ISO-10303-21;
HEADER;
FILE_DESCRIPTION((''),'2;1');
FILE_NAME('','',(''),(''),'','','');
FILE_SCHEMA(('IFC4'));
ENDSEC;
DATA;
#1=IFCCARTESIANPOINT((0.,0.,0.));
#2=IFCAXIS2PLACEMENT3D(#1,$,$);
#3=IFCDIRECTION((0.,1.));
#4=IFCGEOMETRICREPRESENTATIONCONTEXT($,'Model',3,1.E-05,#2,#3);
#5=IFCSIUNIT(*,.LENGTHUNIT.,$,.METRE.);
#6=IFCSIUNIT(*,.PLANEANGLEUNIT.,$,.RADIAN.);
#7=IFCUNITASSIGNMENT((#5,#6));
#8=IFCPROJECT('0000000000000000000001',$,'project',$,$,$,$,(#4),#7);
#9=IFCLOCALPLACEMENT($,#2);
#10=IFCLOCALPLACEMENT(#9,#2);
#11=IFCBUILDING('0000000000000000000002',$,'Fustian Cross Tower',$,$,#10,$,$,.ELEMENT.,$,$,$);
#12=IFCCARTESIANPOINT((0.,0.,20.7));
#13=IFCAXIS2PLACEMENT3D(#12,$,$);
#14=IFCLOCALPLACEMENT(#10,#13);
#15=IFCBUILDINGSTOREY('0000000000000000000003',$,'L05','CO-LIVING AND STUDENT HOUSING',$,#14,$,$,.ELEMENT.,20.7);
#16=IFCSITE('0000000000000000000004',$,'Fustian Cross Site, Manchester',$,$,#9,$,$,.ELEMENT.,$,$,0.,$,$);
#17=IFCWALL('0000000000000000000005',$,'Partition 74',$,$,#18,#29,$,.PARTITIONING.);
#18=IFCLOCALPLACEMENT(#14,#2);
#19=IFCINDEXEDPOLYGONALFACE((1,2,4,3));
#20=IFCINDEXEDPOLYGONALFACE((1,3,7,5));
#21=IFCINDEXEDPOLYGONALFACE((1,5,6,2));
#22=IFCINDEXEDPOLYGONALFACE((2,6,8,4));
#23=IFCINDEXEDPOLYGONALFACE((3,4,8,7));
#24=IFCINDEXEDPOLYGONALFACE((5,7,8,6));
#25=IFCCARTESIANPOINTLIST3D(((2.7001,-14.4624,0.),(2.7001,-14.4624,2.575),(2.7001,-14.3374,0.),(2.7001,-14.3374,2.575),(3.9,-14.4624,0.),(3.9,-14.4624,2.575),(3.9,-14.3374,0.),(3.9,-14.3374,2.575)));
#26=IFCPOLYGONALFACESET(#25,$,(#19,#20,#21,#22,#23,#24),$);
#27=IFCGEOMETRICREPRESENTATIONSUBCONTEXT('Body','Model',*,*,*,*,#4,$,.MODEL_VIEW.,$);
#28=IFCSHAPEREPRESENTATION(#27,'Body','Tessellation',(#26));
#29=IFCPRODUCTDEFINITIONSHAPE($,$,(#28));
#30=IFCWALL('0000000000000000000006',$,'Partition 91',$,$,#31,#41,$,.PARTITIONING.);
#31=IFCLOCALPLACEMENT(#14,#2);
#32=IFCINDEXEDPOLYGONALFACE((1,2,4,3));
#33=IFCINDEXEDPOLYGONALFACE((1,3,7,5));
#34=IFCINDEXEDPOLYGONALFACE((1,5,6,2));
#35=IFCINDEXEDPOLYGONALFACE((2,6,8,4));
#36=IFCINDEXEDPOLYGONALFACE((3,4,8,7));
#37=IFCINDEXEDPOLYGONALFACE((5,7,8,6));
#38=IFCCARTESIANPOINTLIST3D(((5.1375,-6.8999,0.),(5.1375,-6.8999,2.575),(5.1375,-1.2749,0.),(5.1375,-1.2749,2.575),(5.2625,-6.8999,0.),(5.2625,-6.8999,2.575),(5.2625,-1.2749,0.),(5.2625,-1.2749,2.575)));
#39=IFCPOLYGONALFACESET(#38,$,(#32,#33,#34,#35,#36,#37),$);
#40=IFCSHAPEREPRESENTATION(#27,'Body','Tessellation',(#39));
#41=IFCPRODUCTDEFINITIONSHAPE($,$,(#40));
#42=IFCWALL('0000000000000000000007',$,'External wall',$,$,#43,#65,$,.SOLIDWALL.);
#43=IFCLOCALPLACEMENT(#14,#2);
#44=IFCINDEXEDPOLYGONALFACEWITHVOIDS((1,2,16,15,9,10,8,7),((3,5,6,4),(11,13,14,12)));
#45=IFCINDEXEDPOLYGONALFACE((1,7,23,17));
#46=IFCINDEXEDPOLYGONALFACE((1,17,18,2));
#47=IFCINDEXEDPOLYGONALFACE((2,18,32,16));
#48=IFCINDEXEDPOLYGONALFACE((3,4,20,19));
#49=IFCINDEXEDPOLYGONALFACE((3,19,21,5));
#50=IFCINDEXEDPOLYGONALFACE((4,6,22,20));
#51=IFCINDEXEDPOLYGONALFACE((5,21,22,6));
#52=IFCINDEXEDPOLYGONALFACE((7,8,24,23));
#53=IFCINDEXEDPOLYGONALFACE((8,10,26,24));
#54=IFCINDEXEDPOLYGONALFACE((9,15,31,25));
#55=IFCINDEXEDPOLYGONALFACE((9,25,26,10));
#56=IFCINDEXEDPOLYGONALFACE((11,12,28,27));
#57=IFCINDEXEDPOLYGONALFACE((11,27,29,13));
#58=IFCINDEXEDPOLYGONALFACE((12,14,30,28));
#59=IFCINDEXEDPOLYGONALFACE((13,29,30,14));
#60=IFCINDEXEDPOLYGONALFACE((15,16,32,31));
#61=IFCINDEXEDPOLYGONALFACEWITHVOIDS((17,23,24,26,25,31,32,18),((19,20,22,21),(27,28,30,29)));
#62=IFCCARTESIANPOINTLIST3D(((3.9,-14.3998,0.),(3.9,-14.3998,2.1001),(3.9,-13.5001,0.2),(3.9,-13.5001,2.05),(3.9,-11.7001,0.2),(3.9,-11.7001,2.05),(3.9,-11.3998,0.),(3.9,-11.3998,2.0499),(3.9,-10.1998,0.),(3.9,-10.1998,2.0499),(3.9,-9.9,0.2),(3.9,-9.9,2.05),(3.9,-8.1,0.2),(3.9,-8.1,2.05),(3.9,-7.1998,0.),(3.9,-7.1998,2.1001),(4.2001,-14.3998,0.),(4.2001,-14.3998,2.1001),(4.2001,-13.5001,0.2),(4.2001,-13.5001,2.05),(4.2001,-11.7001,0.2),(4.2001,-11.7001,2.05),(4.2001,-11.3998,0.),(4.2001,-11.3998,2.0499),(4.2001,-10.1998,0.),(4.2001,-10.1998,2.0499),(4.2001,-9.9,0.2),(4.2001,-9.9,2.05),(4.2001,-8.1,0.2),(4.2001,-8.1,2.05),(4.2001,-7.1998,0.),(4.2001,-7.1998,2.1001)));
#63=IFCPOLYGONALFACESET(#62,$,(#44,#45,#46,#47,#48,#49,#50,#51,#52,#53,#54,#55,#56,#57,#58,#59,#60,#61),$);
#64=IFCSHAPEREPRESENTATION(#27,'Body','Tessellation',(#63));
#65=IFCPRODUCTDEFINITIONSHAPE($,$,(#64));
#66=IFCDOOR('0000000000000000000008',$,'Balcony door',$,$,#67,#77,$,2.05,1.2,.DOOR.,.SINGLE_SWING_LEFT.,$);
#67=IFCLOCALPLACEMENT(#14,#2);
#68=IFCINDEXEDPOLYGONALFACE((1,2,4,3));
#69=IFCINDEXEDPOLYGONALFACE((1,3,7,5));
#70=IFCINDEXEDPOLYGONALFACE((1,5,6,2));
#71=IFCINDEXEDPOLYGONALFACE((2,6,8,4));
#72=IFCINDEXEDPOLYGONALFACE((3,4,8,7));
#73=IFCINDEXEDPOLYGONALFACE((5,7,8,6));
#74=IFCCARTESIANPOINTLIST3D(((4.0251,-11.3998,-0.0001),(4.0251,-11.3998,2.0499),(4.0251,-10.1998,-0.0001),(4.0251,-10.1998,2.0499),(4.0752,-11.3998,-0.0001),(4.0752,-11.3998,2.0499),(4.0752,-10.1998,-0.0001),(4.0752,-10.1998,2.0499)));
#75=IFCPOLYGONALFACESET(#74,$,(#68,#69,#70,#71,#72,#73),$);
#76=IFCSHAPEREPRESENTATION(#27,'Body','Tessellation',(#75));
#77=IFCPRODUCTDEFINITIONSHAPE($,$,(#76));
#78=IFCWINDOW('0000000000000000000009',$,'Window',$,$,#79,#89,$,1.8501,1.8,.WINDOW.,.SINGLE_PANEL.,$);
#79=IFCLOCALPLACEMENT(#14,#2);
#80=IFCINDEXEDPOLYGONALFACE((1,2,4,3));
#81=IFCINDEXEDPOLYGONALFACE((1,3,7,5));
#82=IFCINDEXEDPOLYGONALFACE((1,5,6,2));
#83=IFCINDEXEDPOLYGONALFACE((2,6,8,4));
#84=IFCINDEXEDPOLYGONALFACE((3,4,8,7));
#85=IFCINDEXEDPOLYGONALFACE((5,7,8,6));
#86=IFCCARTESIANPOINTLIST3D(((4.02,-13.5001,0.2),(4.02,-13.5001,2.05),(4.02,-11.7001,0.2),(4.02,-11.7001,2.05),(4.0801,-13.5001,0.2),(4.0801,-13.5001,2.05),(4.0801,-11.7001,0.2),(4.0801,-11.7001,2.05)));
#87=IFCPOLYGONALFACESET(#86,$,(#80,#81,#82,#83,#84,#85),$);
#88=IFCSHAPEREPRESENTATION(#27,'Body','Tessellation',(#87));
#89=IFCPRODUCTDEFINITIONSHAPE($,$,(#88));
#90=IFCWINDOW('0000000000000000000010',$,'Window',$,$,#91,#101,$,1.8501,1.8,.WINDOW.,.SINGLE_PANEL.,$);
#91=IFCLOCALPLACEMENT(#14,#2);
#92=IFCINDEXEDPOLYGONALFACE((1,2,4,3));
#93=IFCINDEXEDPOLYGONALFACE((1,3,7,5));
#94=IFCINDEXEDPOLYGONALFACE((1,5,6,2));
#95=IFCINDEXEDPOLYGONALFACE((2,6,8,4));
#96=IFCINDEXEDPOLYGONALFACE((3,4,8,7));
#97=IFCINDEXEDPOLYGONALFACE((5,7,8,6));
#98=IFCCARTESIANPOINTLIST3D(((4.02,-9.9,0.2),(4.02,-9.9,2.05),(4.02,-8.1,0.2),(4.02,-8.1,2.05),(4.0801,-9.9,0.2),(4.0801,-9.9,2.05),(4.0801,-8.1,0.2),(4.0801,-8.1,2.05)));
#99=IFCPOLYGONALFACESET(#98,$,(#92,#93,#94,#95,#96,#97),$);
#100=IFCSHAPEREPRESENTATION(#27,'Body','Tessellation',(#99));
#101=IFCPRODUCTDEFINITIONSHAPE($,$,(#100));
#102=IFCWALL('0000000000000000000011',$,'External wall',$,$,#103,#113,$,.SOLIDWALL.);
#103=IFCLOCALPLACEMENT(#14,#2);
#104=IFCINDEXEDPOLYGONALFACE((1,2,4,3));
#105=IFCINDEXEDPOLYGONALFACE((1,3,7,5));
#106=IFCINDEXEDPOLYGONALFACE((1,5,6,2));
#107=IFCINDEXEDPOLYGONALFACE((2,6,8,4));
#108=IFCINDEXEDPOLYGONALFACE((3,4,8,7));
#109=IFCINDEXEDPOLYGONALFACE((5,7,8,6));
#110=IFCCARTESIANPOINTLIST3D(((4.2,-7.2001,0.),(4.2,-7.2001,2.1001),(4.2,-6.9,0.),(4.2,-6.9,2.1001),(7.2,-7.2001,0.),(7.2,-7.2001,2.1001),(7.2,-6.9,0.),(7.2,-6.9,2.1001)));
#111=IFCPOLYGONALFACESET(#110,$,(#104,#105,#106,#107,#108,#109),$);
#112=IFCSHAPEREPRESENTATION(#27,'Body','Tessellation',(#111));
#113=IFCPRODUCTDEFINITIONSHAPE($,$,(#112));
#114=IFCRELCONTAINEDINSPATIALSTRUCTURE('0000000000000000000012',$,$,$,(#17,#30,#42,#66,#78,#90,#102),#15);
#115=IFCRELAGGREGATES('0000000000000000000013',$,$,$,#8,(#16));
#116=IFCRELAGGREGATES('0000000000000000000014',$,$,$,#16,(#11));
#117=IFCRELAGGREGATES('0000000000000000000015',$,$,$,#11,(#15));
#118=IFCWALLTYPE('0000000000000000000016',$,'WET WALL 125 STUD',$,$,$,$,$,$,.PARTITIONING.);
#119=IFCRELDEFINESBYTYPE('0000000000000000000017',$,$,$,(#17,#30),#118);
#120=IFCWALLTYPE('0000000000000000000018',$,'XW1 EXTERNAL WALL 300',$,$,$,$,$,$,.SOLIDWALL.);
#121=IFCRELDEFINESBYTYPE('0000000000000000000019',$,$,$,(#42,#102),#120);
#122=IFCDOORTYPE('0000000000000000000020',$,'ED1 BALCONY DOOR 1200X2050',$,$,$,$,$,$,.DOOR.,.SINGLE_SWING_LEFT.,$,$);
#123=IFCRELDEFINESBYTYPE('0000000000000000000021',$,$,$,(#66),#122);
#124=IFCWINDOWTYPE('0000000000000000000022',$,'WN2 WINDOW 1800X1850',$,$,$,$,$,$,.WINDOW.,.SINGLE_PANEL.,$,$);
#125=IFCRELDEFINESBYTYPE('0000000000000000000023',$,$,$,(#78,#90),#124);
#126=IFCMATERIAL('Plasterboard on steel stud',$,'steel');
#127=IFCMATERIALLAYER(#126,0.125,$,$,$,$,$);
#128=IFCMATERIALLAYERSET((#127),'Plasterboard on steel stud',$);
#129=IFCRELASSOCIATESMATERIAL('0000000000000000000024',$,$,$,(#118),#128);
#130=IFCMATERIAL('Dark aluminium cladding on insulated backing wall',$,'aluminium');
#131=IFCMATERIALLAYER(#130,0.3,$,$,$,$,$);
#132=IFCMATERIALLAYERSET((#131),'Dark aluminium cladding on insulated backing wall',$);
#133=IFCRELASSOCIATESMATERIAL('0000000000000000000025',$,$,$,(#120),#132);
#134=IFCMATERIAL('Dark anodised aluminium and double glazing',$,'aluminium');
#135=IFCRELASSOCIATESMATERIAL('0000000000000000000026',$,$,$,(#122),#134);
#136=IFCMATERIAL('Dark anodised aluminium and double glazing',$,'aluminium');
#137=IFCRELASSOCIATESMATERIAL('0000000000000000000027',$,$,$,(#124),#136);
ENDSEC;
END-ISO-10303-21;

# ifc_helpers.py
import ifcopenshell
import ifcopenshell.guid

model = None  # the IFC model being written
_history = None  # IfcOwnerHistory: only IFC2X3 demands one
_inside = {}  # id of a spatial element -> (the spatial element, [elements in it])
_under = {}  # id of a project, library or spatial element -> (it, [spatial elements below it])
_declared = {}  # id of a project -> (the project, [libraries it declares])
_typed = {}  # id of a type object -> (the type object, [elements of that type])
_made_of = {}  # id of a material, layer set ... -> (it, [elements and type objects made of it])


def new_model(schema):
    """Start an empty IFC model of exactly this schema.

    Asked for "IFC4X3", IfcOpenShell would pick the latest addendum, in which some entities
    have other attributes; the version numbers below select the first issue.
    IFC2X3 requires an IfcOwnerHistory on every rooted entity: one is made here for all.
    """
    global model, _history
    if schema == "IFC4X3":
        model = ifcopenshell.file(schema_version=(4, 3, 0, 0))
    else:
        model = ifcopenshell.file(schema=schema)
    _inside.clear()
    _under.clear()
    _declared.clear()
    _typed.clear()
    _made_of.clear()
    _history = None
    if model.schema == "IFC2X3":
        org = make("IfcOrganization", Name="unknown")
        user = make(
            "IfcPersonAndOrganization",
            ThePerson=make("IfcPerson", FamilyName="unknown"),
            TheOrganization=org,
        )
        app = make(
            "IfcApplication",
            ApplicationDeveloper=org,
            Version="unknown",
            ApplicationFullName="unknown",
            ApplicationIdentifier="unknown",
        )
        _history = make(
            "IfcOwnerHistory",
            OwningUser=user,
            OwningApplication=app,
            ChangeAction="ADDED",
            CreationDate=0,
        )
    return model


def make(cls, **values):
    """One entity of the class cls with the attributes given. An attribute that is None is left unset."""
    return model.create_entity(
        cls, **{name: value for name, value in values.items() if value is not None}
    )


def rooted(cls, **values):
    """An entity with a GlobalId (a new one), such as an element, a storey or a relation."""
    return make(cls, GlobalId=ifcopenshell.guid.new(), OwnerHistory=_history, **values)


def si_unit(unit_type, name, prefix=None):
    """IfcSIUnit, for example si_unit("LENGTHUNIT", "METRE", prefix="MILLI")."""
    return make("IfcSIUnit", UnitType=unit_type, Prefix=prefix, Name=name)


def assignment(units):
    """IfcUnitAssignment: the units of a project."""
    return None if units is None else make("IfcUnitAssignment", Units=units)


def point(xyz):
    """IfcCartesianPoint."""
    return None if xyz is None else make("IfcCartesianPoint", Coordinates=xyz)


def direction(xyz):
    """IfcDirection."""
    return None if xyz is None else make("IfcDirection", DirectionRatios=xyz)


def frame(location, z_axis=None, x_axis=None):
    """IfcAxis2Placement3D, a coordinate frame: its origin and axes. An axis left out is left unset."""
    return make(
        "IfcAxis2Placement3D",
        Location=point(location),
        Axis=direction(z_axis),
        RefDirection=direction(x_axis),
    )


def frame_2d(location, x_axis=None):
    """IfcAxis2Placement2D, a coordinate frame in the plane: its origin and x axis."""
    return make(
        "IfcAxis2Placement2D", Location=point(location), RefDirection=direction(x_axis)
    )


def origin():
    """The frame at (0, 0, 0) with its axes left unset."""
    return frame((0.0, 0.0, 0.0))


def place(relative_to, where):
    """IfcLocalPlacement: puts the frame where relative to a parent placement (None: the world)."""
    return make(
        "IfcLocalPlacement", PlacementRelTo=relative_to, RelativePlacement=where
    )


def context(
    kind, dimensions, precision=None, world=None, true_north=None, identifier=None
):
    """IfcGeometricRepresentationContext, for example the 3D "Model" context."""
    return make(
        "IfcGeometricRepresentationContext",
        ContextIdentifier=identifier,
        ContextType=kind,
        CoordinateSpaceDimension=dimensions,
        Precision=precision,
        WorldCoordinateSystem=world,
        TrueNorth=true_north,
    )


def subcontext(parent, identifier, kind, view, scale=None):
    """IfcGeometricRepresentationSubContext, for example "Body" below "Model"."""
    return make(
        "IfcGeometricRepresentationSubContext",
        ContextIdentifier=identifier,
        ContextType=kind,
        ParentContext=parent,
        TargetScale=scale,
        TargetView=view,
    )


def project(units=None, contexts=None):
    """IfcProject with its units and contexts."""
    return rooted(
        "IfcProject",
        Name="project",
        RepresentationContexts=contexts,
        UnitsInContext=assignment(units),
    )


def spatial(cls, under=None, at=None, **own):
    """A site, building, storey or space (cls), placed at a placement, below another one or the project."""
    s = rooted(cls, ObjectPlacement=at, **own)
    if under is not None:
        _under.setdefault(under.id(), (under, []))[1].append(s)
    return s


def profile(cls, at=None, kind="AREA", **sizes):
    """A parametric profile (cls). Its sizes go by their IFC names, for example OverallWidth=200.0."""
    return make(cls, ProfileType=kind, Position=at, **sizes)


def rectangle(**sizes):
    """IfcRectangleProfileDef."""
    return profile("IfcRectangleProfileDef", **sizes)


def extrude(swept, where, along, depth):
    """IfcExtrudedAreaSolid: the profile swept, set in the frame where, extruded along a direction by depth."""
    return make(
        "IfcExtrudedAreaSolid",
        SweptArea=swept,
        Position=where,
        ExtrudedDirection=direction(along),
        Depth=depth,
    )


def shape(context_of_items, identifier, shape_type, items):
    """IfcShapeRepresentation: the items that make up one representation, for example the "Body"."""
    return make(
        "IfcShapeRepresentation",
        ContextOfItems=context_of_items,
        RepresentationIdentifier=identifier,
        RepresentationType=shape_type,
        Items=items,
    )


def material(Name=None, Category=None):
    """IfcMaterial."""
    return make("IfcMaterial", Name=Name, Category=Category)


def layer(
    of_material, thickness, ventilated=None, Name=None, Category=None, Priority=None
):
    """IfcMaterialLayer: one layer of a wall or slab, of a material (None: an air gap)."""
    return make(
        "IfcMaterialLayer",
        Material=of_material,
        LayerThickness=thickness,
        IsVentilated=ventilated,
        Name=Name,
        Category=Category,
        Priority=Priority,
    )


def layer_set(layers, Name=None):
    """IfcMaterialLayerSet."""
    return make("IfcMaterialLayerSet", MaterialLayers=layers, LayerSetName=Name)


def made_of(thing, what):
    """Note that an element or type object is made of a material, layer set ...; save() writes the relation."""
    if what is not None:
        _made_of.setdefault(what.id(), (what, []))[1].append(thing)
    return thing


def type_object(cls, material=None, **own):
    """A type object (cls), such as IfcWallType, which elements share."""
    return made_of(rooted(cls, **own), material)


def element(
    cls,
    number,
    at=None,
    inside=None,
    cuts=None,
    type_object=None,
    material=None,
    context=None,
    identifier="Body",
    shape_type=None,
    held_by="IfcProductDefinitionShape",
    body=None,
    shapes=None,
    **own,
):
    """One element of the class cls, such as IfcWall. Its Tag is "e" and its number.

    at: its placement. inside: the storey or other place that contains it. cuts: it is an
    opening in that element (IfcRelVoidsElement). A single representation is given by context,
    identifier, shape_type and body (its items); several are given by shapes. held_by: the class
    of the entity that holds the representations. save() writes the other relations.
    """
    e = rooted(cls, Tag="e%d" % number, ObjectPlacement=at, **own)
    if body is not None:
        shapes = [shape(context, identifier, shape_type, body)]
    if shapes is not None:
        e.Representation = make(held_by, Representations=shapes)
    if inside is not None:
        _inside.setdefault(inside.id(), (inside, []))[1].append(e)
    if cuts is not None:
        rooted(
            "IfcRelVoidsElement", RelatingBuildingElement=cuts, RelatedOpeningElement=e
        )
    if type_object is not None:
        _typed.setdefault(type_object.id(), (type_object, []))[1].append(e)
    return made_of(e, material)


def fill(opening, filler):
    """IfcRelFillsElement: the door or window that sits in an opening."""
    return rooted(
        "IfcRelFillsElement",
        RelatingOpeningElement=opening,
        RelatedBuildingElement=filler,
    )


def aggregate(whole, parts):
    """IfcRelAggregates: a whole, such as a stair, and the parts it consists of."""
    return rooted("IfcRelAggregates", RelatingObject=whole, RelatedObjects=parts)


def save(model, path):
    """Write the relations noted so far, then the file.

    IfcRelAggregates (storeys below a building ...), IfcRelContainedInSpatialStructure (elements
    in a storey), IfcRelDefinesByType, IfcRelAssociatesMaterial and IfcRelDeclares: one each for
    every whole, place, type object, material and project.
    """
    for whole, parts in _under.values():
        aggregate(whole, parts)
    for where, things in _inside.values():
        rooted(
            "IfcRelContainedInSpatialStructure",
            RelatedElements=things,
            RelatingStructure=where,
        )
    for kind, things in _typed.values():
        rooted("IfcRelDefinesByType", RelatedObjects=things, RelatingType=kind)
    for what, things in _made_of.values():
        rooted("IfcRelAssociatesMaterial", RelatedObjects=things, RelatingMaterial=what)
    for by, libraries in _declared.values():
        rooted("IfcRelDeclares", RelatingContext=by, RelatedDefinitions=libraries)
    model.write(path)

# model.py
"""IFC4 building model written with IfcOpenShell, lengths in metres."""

from ifc_helpers import new_model, si_unit, direction, frame, frame_2d, origin, place, context, subcontext, project, spatial, rectangle, extrude, material, layer, layer_set, type_object, element, fill, save


model = new_model("IFC4")

# Units and contexts
model_context = context("Model", 3, precision=1e-05, world=origin(), true_north=direction((0.0, 1.0)))
body_context = subcontext(model_context, "Body", "Model", "MODEL_VIEW")
ifc_project = project(units=[si_unit("LENGTHUNIT", "METRE"), si_unit("PLANEANGLEUNIT", "RADIAN")], contexts=[model_context])

# Site, building, storey
site_placement = place(None, origin())
site = spatial("IfcSite", under=ifc_project, at=site_placement, Name="Fustian Cross Site, Manchester", CompositionType="ELEMENT", RefElevation=0.0)
building_placement = place(site_placement, origin())
building = spatial("IfcBuilding", under=site, at=building_placement, Name="Fustian Cross Tower", CompositionType="ELEMENT")
storey_placement = place(building_placement, frame((0.0, 0.0, 20.7)))
storey = spatial("IfcBuildingStorey", under=building, at=storey_placement, Name="L05", Description="CO-LIVING AND STUDENT HOUSING", CompositionType="ELEMENT", Elevation=20.7)

# Walls
ifc_material_1 = material(Name="Plasterboard on steel stud", Category="steel")
ifc_layer_1 = layer(ifc_material_1, 0.125)
ifc_layer_set_1 = layer_set([ifc_layer_1], Name="Plasterboard on steel stud")
wall_type_1 = type_object("IfcWallType", Name="WET WALL 125 STUD", PredefinedType="PARTITIONING", material=ifc_layer_set_1)
wall_1_placement = place(storey_placement, frame((2.7, -14.3999, 0.0), z_axis=(0.0, 0.0, 1.0), x_axis=(1.0, 0.0, 0.0)))
element("IfcWall", 1, at=wall_1_placement, inside=storey, type_object=wall_type_1, Name="Partition 74", PredefinedType="PARTITIONING", context=body_context, shape_type="SweptSolid", body=[
    extrude(rectangle(XDim=1.2, YDim=0.125, at=frame_2d((0.6001, 0.0))), origin(), (0.0, 0.0, 1.0), 2.575),
])
wall_2_placement = place(storey_placement, frame((5.2, -6.8999, 0.0), z_axis=(0.0, 0.0, 1.0), x_axis=(0.0, 1.0, 0.0)))
element("IfcWall", 2, at=wall_2_placement, inside=storey, type_object=wall_type_1, Name="Partition 91", PredefinedType="PARTITIONING", context=body_context, shape_type="SweptSolid", body=[
    extrude(rectangle(XDim=5.625, YDim=0.125, at=frame_2d((2.8125, 0.0))), origin(), (0.0, 0.0, 1.0), 2.575),
])

# Wall, openings, door, windows
ifc_material_2 = material(Name="Dark aluminium cladding on insulated backing wall", Category="aluminium")
ifc_layer_2 = layer(ifc_material_2, 0.3)
ifc_layer_set_2 = layer_set([ifc_layer_2], Name="Dark aluminium cladding on insulated backing wall")
wall_type_2 = type_object("IfcWallType", Name="XW1 EXTERNAL WALL 300", PredefinedType="SOLIDWALL", material=ifc_layer_set_2)
wall_3_placement = place(storey_placement, frame((4.05, -14.3999, 0.0), z_axis=(0.0, 0.0, 1.0), x_axis=(0.0, 1.0, 0.0)))
wall_3 = element("IfcWall", 3, at=wall_3_placement, inside=storey, type_object=wall_type_2, Name="External wall", PredefinedType="SOLIDWALL", context=body_context, shape_type="SweptSolid", body=[
    extrude(rectangle(XDim=7.2, YDim=0.3, at=frame_2d((3.6001, 0.0))), origin(), (0.0, 0.0, 1.0), 2.1001),
])
opening_1_placement = place(wall_3_placement, frame((3.0, 0.0, 0.0)))
opening_1 = element("IfcOpeningElement", 4, at=opening_1_placement, cuts=wall_3, PredefinedType="OPENING", context=body_context, shape_type="SweptSolid", body=[
    extrude(rectangle(XDim=1.2, YDim=2.05, at=frame_2d((0.6001, 1.0249))), frame((0.0, 0.1599, 0.0), z_axis=(0.0, -1.0, 0.0), x_axis=(1.0, 0.0, 0.0)), (0.0, 0.0, 1.0), 0.3201),
])
opening_2_placement = place(wall_3_placement, frame((0.8999, 0.0, 0.2)))
opening_2 = element("IfcOpeningElement", 5, at=opening_2_placement, cuts=wall_3, PredefinedType="OPENING", context=body_context, shape_type="SweptSolid", body=[
    extrude(rectangle(XDim=1.8, YDim=1.8501, at=frame_2d((0.8999, 0.925))), frame((0.0, 0.1599, 0.0), z_axis=(0.0, -1.0, 0.0), x_axis=(1.0, 0.0, 0.0)), (0.0, 0.0, 1.0), 0.3201),
])
opening_3_placement = place(wall_3_placement, frame((4.5, 0.0, 0.2)))
opening_3 = element("IfcOpeningElement", 6, at=opening_3_placement, cuts=wall_3, PredefinedType="OPENING", context=body_context, shape_type="SweptSolid", body=[
    extrude(rectangle(XDim=1.8, YDim=1.8501, at=frame_2d((0.8999, 0.925))), frame((0.0, 0.1599, 0.0), z_axis=(0.0, -1.0, 0.0), x_axis=(1.0, 0.0, 0.0)), (0.0, 0.0, 1.0), 0.3201),
])
ifc_material_3 = material(Name="Dark anodised aluminium and double glazing", Category="aluminium")
door_type_1 = type_object("IfcDoorType", Name="ED1 BALCONY DOOR 1200X2050", OperationType="SINGLE_SWING_LEFT", PredefinedType="DOOR", material=ifc_material_3)
door_1_placement = place(opening_1_placement, origin())
door_1 = element("IfcDoor", 7, at=door_1_placement, inside=storey, type_object=door_type_1, Name="Balcony door", OperationType="SINGLE_SWING_LEFT", OverallHeight=2.05, OverallWidth=1.2, PredefinedType="DOOR", context=body_context, shape_type="SweptSolid", body=[
    extrude(rectangle(XDim=1.2, YDim=2.05, at=frame_2d((0.6001, 1.0249))), frame((0.0, 0.0249, 0.0), z_axis=(0.0, -1.0, 0.0), x_axis=(1.0, 0.0, 0.0)), (0.0, 0.0, 1.0), 0.05),
])
fill(opening_1, door_1)
ifc_material_4 = material(Name="Dark anodised aluminium and double glazing", Category="aluminium")
window_type = type_object("IfcWindowType", Name="WN2 WINDOW 1800X1850", PartitioningType="SINGLE_PANEL", PredefinedType="WINDOW", material=ifc_material_4)
window_1_placement = place(opening_2_placement, origin())
window_1 = element("IfcWindow", 8, at=window_1_placement, inside=storey, type_object=window_type, Name="Window", OverallHeight=1.8501, OverallWidth=1.8, PartitioningType="SINGLE_PANEL", PredefinedType="WINDOW", context=body_context, shape_type="SweptSolid", body=[
    extrude(rectangle(XDim=1.8, YDim=1.8501, at=frame_2d((0.8999, 0.925))), frame((0.0, 0.03, 0.0), z_axis=(0.0, -1.0, 0.0), x_axis=(1.0, 0.0, 0.0)), (0.0, 0.0, 1.0), 0.0601),
])
fill(opening_2, window_1)
window_2_placement = place(opening_3_placement, origin())
window_2 = element("IfcWindow", 9, at=window_2_placement, inside=storey, type_object=window_type, Name="Window", OverallHeight=1.8501, OverallWidth=1.8, PartitioningType="SINGLE_PANEL", PredefinedType="WINDOW", context=body_context, shape_type="SweptSolid", body=[
    extrude(rectangle(XDim=1.8, YDim=1.8501, at=frame_2d((0.8999, 0.925))), frame((0.0, 0.03, 0.0), z_axis=(0.0, -1.0, 0.0), x_axis=(1.0, 0.0, 0.0)), (0.0, 0.0, 1.0), 0.0601),
])
fill(opening_3, window_2)

# Wall
wall_4_placement = place(storey_placement, frame((4.2, -7.05, 0.0), z_axis=(0.0, 0.0, 1.0), x_axis=(1.0, 0.0, 0.0)))
element("IfcWall", 10, at=wall_4_placement, inside=storey, type_object=wall_type_2, Name="External wall", PredefinedType="SOLIDWALL", context=body_context, shape_type="SweptSolid", body=[
    extrude(rectangle(XDim=3.0, YDim=0.3, at=frame_2d((1.5, 0.0))), origin(), (0.0, 0.0, 1.0), 2.1001),
])

save(model, "model.ifc")
